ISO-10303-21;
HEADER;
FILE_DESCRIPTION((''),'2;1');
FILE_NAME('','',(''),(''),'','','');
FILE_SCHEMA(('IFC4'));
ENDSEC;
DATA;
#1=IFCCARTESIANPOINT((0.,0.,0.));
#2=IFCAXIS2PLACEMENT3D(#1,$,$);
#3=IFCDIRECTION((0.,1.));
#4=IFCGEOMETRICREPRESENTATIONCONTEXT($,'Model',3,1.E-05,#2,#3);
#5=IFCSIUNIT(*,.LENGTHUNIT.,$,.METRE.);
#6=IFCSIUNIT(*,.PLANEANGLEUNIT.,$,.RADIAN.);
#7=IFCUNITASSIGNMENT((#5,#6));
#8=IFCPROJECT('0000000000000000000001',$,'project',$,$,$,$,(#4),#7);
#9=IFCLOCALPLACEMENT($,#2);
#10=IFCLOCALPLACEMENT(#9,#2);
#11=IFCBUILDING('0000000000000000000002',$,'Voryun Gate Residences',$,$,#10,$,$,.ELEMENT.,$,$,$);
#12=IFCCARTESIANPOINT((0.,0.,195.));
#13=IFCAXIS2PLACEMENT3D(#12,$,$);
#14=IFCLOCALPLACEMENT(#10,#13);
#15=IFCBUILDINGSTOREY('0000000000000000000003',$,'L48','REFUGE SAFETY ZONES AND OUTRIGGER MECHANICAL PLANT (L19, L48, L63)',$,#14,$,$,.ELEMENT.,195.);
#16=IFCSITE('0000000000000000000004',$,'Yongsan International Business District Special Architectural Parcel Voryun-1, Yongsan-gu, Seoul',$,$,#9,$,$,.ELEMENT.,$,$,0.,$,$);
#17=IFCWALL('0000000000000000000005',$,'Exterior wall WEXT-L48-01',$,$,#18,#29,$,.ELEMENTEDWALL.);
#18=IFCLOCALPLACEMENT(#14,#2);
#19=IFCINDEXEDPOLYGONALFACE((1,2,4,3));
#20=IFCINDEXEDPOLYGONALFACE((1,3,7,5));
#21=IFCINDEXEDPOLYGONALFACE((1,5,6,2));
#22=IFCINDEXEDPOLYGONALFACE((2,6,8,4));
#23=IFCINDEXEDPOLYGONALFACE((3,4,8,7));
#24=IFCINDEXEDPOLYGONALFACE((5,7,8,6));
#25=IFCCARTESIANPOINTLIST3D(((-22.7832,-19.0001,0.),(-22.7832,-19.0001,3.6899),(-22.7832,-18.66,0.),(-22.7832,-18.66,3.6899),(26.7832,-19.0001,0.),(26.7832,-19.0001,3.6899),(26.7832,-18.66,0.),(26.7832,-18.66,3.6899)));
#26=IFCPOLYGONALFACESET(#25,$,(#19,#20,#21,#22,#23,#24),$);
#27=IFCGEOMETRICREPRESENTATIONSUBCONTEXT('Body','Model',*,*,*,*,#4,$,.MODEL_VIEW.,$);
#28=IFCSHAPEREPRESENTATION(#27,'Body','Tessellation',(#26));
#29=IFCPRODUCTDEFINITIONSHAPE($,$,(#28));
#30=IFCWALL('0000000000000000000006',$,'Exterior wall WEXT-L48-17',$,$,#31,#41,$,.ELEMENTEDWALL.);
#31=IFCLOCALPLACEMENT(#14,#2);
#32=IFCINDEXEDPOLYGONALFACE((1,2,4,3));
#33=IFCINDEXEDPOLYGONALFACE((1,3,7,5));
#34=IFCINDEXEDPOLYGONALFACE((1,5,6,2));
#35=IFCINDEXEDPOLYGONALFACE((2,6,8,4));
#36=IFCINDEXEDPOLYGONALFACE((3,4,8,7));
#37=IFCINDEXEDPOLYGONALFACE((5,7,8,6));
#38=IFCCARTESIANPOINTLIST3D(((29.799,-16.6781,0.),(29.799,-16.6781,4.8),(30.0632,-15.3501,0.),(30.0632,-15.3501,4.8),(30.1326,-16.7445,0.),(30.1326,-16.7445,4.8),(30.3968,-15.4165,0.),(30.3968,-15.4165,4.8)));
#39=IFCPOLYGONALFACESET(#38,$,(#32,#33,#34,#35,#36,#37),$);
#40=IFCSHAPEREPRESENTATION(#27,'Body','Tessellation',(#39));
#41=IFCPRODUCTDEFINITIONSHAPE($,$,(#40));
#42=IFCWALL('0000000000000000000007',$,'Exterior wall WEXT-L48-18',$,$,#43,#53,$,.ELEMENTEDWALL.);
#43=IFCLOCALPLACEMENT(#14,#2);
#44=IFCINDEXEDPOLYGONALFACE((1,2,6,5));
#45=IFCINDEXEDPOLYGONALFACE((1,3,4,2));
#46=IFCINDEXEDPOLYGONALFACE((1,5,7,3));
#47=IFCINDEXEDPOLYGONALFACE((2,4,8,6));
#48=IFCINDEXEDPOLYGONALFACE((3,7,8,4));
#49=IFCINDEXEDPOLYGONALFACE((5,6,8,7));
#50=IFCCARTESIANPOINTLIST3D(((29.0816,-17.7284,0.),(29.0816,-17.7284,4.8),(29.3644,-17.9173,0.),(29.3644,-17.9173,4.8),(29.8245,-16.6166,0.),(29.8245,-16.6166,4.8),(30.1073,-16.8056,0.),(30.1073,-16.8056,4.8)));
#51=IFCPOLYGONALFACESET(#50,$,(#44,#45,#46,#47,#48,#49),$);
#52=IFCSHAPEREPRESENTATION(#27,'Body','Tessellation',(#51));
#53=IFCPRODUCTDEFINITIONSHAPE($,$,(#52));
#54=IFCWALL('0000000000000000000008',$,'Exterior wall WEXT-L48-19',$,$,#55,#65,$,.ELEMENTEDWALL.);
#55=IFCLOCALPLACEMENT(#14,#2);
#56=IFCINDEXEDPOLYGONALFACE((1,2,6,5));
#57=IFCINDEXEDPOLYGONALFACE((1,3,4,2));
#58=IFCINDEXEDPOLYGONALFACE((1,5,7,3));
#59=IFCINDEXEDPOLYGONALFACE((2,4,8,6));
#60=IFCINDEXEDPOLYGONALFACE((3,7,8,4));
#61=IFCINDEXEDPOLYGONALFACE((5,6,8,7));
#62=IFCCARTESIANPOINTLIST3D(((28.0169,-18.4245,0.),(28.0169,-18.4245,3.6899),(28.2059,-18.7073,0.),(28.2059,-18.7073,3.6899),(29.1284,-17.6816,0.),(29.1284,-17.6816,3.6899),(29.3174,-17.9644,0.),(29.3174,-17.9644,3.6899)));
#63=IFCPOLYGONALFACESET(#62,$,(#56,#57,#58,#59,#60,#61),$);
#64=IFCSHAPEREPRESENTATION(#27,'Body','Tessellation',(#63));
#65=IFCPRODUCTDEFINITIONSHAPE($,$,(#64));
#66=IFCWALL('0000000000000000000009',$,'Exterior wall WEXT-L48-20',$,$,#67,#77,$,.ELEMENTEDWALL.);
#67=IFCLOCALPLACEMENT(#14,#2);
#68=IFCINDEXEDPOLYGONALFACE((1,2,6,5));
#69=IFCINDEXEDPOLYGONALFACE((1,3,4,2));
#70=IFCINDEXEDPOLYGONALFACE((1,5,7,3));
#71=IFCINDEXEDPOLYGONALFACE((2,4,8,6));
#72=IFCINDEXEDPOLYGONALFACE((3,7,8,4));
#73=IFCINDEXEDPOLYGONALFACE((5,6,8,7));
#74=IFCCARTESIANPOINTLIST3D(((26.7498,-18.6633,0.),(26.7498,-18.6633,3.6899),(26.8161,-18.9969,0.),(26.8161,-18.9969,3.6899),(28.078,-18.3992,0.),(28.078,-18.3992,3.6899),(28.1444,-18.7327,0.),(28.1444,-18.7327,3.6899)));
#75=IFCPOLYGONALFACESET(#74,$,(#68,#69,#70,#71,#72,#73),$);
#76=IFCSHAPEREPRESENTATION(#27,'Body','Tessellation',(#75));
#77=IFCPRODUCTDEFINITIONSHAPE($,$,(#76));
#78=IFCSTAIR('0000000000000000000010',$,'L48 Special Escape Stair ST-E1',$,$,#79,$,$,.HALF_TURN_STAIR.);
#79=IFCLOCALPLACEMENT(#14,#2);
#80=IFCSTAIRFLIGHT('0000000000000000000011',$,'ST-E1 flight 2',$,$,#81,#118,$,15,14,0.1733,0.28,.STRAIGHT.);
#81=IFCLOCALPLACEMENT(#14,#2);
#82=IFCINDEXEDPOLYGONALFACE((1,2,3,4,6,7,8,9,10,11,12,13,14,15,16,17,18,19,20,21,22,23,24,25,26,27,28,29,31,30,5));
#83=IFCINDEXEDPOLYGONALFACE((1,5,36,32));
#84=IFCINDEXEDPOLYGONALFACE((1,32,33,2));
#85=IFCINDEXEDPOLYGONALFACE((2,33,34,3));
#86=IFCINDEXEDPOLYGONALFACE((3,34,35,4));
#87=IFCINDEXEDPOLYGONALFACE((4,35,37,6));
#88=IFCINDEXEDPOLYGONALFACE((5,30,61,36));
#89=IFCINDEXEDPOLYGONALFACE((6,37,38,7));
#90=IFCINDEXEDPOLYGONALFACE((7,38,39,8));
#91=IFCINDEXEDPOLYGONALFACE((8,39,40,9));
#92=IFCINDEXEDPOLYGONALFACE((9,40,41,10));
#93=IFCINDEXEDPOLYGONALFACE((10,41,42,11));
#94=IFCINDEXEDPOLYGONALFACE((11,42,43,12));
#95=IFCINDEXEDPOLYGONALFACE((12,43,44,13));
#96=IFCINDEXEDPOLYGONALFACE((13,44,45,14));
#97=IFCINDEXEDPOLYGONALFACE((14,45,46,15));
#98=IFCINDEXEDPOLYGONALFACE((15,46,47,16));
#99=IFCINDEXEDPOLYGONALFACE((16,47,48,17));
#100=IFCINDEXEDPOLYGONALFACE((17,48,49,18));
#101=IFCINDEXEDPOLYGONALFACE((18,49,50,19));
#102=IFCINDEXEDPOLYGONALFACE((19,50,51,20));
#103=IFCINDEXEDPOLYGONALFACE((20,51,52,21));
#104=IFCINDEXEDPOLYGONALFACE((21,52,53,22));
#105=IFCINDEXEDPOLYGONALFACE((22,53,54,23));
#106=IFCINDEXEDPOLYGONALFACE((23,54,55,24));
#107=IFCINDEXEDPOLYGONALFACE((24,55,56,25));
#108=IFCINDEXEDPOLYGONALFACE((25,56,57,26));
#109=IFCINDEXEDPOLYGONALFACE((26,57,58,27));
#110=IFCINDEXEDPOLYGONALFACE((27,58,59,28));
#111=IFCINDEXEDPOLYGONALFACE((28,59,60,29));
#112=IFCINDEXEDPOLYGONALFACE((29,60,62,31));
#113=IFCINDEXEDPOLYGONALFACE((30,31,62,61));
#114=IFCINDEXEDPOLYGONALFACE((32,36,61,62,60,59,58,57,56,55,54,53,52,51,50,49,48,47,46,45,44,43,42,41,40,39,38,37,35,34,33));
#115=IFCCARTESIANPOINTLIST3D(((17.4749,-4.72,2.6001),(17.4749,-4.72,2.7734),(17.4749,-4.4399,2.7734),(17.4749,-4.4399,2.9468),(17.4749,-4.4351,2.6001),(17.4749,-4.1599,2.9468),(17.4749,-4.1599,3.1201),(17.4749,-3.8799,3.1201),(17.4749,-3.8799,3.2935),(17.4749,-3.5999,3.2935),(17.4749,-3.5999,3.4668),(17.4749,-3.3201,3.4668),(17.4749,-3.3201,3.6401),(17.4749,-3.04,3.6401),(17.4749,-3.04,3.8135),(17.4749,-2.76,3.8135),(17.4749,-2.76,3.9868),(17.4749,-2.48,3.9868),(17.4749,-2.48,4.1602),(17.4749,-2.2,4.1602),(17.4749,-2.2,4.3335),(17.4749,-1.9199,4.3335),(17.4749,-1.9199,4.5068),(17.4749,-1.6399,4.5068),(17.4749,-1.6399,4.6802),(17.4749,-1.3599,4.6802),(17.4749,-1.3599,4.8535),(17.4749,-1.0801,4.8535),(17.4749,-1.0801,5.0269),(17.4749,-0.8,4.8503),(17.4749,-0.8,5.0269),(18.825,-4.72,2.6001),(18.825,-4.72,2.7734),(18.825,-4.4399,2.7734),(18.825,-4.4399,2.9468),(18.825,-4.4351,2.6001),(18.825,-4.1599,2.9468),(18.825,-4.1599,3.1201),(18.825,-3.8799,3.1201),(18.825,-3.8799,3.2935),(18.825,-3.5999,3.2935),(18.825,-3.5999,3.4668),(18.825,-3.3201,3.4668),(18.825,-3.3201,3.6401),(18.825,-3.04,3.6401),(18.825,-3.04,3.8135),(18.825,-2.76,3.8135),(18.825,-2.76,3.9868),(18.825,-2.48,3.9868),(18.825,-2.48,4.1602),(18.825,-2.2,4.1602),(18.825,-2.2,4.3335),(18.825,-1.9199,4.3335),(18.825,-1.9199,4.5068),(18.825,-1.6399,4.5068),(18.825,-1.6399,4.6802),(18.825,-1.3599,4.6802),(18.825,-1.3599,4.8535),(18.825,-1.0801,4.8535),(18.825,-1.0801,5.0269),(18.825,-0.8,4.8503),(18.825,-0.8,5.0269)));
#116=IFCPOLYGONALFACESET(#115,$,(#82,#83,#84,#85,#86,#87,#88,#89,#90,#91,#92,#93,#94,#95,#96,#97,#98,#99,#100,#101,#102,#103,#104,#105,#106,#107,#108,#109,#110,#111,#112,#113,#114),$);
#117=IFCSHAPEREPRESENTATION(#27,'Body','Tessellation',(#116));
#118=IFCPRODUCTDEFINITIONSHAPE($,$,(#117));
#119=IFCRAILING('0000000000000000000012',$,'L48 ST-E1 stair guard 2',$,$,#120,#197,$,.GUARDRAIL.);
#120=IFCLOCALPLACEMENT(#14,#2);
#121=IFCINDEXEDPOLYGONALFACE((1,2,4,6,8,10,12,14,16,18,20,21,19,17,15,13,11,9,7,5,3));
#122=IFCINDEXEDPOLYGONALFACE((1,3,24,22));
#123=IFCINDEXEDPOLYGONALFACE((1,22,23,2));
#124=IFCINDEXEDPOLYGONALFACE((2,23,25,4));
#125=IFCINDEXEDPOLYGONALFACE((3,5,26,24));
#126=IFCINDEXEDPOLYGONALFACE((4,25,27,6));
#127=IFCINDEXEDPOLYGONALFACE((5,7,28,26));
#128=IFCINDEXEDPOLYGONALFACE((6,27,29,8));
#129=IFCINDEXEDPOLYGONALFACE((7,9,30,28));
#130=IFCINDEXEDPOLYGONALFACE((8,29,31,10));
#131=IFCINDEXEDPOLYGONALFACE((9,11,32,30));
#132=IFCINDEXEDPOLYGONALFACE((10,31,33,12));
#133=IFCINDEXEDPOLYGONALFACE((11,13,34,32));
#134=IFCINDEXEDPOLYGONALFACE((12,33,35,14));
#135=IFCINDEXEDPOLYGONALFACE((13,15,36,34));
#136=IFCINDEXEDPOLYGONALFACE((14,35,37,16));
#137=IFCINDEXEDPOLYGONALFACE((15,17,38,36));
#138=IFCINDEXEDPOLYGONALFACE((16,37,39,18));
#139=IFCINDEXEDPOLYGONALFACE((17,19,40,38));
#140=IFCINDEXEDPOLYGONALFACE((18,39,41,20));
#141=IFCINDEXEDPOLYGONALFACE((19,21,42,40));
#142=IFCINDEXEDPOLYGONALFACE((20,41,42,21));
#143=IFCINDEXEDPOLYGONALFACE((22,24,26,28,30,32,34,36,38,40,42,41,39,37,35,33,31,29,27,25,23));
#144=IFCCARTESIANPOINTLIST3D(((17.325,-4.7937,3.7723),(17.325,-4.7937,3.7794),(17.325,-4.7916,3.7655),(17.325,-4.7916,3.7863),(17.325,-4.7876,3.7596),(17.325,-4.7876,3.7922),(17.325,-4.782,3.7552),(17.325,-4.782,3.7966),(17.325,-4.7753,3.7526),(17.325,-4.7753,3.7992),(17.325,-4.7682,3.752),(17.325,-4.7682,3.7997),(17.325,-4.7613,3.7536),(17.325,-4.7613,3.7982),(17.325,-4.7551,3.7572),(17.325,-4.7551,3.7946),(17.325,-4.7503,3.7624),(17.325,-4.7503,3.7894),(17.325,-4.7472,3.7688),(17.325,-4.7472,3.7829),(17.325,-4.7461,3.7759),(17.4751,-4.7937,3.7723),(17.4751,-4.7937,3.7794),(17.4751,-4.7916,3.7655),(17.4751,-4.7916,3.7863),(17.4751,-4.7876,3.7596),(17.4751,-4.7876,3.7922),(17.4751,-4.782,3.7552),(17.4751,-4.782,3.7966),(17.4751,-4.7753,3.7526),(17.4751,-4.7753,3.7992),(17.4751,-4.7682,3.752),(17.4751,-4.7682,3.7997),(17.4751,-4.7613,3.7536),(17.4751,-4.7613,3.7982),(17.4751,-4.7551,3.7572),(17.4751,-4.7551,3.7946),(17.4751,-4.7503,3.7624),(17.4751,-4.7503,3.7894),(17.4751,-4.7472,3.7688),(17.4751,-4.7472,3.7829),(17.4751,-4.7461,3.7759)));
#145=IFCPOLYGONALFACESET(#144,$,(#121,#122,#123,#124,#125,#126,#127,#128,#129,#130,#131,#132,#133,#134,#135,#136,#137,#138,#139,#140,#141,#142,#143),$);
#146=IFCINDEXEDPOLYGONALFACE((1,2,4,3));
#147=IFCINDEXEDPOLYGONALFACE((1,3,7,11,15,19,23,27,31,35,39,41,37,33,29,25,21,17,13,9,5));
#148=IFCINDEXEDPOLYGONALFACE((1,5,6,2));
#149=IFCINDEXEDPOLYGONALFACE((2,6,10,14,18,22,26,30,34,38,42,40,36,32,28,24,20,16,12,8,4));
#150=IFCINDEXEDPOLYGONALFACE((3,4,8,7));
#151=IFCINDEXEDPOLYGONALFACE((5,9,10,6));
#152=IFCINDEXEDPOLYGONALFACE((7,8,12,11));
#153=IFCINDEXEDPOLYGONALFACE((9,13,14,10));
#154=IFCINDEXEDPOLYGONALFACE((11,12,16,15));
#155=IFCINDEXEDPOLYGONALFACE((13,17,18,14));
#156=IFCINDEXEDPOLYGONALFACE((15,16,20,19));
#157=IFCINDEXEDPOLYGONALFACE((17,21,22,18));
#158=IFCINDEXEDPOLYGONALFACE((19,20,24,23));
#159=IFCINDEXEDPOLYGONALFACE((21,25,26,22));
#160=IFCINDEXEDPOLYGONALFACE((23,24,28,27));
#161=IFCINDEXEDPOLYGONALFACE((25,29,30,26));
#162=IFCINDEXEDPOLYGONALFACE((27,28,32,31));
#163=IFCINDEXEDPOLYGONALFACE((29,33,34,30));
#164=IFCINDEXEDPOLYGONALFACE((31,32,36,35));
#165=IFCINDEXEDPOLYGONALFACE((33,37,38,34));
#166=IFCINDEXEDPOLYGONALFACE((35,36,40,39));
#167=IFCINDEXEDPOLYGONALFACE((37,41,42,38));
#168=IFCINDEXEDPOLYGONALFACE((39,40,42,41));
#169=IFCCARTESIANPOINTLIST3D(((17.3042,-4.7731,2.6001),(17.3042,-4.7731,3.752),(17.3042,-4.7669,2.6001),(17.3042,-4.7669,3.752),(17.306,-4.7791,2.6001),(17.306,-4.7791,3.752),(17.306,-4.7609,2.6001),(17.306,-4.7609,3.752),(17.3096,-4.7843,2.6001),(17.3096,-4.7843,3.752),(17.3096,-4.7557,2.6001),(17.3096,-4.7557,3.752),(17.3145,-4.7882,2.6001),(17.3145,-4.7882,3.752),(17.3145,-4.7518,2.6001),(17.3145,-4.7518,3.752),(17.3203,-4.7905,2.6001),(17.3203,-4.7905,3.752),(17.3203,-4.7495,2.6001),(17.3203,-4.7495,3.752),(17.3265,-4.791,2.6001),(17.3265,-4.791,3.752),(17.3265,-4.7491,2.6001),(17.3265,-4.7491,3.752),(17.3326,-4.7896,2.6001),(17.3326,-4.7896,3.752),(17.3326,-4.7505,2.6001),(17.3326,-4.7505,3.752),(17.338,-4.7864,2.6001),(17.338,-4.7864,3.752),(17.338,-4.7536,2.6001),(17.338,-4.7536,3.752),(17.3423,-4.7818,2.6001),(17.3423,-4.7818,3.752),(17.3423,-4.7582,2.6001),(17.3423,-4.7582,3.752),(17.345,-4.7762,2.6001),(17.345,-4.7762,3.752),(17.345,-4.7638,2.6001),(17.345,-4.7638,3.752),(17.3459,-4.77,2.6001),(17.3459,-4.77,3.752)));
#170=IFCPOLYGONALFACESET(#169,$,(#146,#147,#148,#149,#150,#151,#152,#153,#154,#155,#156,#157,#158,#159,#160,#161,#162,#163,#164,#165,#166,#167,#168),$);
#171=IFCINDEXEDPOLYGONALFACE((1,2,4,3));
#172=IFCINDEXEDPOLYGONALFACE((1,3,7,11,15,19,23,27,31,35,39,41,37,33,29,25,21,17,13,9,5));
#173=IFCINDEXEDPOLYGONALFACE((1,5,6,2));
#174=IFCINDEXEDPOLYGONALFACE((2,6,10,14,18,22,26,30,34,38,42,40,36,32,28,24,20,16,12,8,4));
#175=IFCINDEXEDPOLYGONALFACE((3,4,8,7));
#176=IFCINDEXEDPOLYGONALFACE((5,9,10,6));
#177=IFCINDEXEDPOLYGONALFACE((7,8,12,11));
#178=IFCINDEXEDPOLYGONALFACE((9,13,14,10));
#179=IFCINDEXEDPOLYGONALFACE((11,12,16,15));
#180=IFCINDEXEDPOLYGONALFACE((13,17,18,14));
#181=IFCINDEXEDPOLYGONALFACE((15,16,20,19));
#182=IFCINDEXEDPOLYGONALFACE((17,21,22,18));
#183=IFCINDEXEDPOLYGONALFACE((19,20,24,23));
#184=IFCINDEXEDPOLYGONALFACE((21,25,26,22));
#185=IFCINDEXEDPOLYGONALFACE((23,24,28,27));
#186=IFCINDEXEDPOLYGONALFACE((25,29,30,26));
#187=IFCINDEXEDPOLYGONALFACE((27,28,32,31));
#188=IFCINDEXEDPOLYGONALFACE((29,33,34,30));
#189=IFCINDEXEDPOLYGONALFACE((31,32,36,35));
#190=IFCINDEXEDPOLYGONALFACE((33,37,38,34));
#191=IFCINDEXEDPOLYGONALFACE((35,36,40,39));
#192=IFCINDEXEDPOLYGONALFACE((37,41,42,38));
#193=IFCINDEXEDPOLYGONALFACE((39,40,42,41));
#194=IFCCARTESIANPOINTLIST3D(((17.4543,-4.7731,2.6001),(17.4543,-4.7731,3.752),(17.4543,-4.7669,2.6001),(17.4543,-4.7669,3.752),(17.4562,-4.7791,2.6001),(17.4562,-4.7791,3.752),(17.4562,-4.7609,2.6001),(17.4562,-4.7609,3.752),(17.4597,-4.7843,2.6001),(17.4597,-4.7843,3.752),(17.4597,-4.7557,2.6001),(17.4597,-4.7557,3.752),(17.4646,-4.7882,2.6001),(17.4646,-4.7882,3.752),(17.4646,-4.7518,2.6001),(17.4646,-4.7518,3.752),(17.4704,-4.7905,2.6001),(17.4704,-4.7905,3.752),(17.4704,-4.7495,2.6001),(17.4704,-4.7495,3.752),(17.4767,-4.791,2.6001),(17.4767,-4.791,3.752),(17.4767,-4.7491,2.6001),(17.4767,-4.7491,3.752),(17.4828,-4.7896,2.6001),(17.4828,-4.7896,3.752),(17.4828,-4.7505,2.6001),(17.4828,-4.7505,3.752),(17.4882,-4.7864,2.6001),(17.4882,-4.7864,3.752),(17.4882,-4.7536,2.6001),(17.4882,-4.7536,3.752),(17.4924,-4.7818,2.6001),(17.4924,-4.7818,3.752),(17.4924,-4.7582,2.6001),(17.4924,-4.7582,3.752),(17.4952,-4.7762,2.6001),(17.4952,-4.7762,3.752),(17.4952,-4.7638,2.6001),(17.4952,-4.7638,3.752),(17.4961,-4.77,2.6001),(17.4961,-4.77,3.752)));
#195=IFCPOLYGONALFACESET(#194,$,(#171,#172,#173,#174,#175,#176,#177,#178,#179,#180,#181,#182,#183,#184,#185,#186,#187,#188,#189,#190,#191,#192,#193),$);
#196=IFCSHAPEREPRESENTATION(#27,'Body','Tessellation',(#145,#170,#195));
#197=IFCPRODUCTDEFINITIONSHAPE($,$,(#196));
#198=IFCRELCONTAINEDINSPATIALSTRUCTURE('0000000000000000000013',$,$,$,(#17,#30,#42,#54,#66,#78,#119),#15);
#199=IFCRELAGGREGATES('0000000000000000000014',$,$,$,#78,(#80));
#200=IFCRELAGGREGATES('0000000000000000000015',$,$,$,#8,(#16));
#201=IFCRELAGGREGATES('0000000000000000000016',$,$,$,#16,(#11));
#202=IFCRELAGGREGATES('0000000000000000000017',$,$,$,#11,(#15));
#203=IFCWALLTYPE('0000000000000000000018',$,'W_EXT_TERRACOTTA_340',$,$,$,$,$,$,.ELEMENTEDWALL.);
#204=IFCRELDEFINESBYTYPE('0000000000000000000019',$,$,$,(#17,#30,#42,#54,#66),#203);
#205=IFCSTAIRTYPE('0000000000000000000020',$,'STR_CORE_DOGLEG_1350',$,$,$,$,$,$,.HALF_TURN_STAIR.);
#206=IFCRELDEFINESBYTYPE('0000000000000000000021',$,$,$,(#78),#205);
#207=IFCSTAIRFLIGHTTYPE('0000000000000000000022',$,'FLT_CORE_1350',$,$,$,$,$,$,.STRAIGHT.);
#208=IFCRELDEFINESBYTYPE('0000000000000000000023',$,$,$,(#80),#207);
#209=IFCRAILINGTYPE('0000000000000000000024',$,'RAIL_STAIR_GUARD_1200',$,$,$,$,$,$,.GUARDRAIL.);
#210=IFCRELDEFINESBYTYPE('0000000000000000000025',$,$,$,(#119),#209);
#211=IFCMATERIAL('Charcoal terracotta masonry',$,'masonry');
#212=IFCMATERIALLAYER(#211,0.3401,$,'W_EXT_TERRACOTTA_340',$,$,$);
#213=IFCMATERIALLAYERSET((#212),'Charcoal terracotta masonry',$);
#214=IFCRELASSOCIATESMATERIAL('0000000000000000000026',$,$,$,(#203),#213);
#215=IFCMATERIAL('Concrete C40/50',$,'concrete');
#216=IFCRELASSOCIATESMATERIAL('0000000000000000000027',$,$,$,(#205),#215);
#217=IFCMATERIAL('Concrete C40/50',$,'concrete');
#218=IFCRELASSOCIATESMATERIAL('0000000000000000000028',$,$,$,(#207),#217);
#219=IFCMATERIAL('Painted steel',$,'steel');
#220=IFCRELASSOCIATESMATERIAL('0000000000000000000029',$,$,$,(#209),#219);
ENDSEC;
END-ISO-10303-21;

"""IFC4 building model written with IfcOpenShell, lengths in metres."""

from ifc_helpers import new_model, si_unit, direction, frame, frame_2d, origin, origin_2d, place, context, subcontext, project, spatial, polyline, rectangle, circle, outline, extrude, material, layer, layer_set, type_object, element, aggregate, save


model = new_model("IFC4")

# Units and contexts
model_context = context("Model", 3, precision=1e-05, world=origin(), true_north=direction((0.0, 1.0)))
body_context = subcontext(model_context, "Body", "Model", "MODEL_VIEW")
ifc_project = project(units=[si_unit("LENGTHUNIT", "METRE"), si_unit("PLANEANGLEUNIT", "RADIAN")], contexts=[model_context])

# Site, building, storey
site_placement = place(None, origin())
site = spatial("IfcSite", under=ifc_project, at=site_placement, Name="Yongsan International Business District Special Architectural Parcel Voryun-1, Yongsan-gu, Seoul", CompositionType="ELEMENT", RefElevation=0.0)
building_placement = place(site_placement, origin())
building = spatial("IfcBuilding", under=site, at=building_placement, Name="Voryun Gate Residences", CompositionType="ELEMENT")
storey_placement = place(building_placement, frame((0.0, 0.0, 195.0)))
storey = spatial("IfcBuildingStorey", under=building, at=storey_placement, Name="L48", Description="REFUGE SAFETY ZONES AND OUTRIGGER MECHANICAL PLANT (L19, L48, L63)", CompositionType="ELEMENT", Elevation=195.0)

# Walls
ifc_material_1 = material(Name="Charcoal terracotta masonry", Category="masonry")
ifc_layer_1 = layer(ifc_material_1, 0.3401, Name="W_EXT_TERRACOTTA_340")
ifc_layer_set_1 = layer_set([ifc_layer_1], Name="Charcoal terracotta masonry")
wall_type_1 = type_object("IfcWallType", Name="W_EXT_TERRACOTTA_340", PredefinedType="ELEMENTEDWALL", material=ifc_layer_set_1)
wall_1_placement = place(storey_placement, frame((26.7832, -18.8301, 0.0), z_axis=(0.0, 0.0, 1.0), x_axis=(-1.0, 0.0, 0.0)))
element("IfcWall", 1, at=wall_1_placement, inside=storey, type_object=wall_type_1, Name="Exterior wall WEXT-L48-01", PredefinedType="ELEMENTEDWALL", context=body_context, shape_type="SweptSolid", body=[
    extrude(rectangle(XDim=49.5664, YDim=0.3401, at=frame_2d((24.7832, 0.0))), origin(), (0.0, 0.0, 1.0), 3.6899),
])
wall_2_placement = place(storey_placement, frame((30.23, -15.3833, 0.0), z_axis=(0.0, 0.0, 1.0), x_axis=(-0.19511, -0.980781, 0.0)))
element("IfcWall", 2, at=wall_2_placement, inside=storey, type_object=wall_type_1, Name="Exterior wall WEXT-L48-17", PredefinedType="ELEMENTEDWALL", context=body_context, shape_type="SweptSolid", body=[
    extrude(rectangle(XDim=1.354, YDim=0.3401, at=frame_2d((0.677, 0.0))), origin(), (0.0, 0.0, 1.0), 4.8),
])
wall_3_placement = place(storey_placement, frame((29.9658, -16.7112, 0.0), z_axis=(0.0, 0.0, 1.0), x_axis=(-0.555585, -0.83146, 0.0)))
element("IfcWall", 3, at=wall_3_placement, inside=storey, type_object=wall_type_1, Name="Exterior wall WEXT-L48-18", PredefinedType="ELEMENTEDWALL", context=body_context, shape_type="SweptSolid", body=[
    extrude(rectangle(XDim=1.3372, YDim=0.3401, at=frame_2d((0.6685, 0.0))), origin(), (0.0, 0.0, 1.0), 4.8),
])
wall_4_placement = place(storey_placement, frame((29.2229, -17.823, 0.0), z_axis=(0.0, 0.0, 1.0), x_axis=(-0.831404, -0.555669, 0.0)))
element("IfcWall", 4, at=wall_4_placement, inside=storey, type_object=wall_type_1, Name="Exterior wall WEXT-L48-19", PredefinedType="ELEMENTEDWALL", context=body_context, shape_type="SweptSolid", body=[
    extrude(rectangle(XDim=1.3369, YDim=0.3401, at=frame_2d((0.6685, 0.0))), origin(), (0.0, 0.0, 1.0), 3.6899),
])
wall_5_placement = place(storey_placement, frame((28.1113, -18.5659, 0.0), z_axis=(0.0, 0.0, 1.0), x_axis=(-0.980788, -0.195076, 0.0)))
element("IfcWall", 5, at=wall_5_placement, inside=storey, type_object=wall_type_1, Name="Exterior wall WEXT-L48-20", PredefinedType="ELEMENTEDWALL", context=body_context, shape_type="SweptSolid", body=[
    extrude(rectangle(XDim=1.3542, YDim=0.3401, at=frame_2d((0.6772, 0.0))), origin(), (0.0, 0.0, 1.0), 3.6899),
])

# Stair, stair flight
ifc_material_2 = material(Name="Concrete C40/50", Category="concrete")
stair_type = type_object("IfcStairType", Name="STR_CORE_DOGLEG_1350", PredefinedType="HALF_TURN_STAIR", material=ifc_material_2)
stair_placement = place(storey_placement, origin())
stair = element("IfcStair", 6, at=stair_placement, inside=storey, type_object=stair_type, Name="L48 Special Escape Stair ST-E1", PredefinedType="HALF_TURN_STAIR")
ifc_material_3 = material(Name="Concrete C40/50", Category="concrete")
stair_flight_type = type_object("IfcStairFlightType", Name="FLT_CORE_1350", PredefinedType="STRAIGHT", material=ifc_material_3)
stair_flight_placement = place(storey_placement, frame((18.1499, -4.72, 2.6001), z_axis=(0.0, 0.0, 1.0), x_axis=(0.0, 1.0, 0.0)))
stair_flight = element("IfcStairFlight", 7, at=stair_flight_placement, type_object=stair_flight_type, Name="ST-E1 flight 2", NumberOfRisers=15, NumberOfTreads=14, PredefinedType="STRAIGHT", RiserHeight=0.1733, TreadLength=0.28, context=body_context, shape_type="SweptSolid", body=[
    extrude(outline(polyline([(0.0, 0.0), (0.0, 0.1733), (0.28, 0.1733), (0.28, 0.3467), (0.5601, 0.3467), (0.5601, 0.52), (0.8401, 0.52), (0.8401, 0.6934), (1.1201, 0.6934), (1.1201, 0.8667), (1.3999, 0.8667), (1.3999, 1.04), (1.6799, 1.04), (1.6799, 1.2134), (1.96, 1.2134), (1.96, 1.3867), (2.24, 1.3867), (2.24, 1.5601), (2.52, 1.5601), (2.52, 1.7334), (2.8, 1.7334), (2.8, 1.9067), (3.0801, 1.9067), (3.0801, 2.0801), (3.3601, 2.0801), (3.3601, 2.2534), (3.6399, 2.2534), (3.6399, 2.4268), (3.9199, 2.4268), (3.9199, 2.6001), (3.9199, 2.2502), (0.2849, 0.0), (0.0, 0.0)])), frame((0.0, 0.675, 0.0), z_axis=(0.0, -1.0, 0.0), x_axis=(1.0, 0.0, 0.0)), (0.0, 0.0, 1.0), 1.3501),
])
aggregate(stair, [stair_flight])

# Railing
ifc_material_4 = material(Name="Painted steel", Category="steel")
railing_type_1 = type_object("IfcRailingType", Name="RAIL_STAIR_GUARD_1200", PredefinedType="GUARDRAIL", material=ifc_material_4)
railing_1_placement = place(storey_placement, frame((17.325, -4.77, 2.6001)))
element("IfcRailing", 8, at=railing_1_placement, inside=storey, type_object=railing_type_1, Name="L48 ST-E1 stair guard 2", PredefinedType="GUARDRAIL", context=body_context, shape_type="SweptSolid", body=[
    extrude(circle(Radius=0.0239, at=origin_2d()), frame((0.0, 0.0, 1.1758), z_axis=(1.0, 0.0, 0.0), x_axis=(0.0, 1.0, 0.0)), (0.0, 0.0, 1.0), 0.1501),
    extrude(circle(Radius=0.021, at=origin_2d()), origin(), (0.0, 0.0, 1.0), 1.1519),
    extrude(circle(Radius=0.021, at=origin_2d()), frame((0.1501, 0.0, 0.0)), (0.0, 0.0, 1.0), 1.1519),
])

save(model, "model.ifc")
